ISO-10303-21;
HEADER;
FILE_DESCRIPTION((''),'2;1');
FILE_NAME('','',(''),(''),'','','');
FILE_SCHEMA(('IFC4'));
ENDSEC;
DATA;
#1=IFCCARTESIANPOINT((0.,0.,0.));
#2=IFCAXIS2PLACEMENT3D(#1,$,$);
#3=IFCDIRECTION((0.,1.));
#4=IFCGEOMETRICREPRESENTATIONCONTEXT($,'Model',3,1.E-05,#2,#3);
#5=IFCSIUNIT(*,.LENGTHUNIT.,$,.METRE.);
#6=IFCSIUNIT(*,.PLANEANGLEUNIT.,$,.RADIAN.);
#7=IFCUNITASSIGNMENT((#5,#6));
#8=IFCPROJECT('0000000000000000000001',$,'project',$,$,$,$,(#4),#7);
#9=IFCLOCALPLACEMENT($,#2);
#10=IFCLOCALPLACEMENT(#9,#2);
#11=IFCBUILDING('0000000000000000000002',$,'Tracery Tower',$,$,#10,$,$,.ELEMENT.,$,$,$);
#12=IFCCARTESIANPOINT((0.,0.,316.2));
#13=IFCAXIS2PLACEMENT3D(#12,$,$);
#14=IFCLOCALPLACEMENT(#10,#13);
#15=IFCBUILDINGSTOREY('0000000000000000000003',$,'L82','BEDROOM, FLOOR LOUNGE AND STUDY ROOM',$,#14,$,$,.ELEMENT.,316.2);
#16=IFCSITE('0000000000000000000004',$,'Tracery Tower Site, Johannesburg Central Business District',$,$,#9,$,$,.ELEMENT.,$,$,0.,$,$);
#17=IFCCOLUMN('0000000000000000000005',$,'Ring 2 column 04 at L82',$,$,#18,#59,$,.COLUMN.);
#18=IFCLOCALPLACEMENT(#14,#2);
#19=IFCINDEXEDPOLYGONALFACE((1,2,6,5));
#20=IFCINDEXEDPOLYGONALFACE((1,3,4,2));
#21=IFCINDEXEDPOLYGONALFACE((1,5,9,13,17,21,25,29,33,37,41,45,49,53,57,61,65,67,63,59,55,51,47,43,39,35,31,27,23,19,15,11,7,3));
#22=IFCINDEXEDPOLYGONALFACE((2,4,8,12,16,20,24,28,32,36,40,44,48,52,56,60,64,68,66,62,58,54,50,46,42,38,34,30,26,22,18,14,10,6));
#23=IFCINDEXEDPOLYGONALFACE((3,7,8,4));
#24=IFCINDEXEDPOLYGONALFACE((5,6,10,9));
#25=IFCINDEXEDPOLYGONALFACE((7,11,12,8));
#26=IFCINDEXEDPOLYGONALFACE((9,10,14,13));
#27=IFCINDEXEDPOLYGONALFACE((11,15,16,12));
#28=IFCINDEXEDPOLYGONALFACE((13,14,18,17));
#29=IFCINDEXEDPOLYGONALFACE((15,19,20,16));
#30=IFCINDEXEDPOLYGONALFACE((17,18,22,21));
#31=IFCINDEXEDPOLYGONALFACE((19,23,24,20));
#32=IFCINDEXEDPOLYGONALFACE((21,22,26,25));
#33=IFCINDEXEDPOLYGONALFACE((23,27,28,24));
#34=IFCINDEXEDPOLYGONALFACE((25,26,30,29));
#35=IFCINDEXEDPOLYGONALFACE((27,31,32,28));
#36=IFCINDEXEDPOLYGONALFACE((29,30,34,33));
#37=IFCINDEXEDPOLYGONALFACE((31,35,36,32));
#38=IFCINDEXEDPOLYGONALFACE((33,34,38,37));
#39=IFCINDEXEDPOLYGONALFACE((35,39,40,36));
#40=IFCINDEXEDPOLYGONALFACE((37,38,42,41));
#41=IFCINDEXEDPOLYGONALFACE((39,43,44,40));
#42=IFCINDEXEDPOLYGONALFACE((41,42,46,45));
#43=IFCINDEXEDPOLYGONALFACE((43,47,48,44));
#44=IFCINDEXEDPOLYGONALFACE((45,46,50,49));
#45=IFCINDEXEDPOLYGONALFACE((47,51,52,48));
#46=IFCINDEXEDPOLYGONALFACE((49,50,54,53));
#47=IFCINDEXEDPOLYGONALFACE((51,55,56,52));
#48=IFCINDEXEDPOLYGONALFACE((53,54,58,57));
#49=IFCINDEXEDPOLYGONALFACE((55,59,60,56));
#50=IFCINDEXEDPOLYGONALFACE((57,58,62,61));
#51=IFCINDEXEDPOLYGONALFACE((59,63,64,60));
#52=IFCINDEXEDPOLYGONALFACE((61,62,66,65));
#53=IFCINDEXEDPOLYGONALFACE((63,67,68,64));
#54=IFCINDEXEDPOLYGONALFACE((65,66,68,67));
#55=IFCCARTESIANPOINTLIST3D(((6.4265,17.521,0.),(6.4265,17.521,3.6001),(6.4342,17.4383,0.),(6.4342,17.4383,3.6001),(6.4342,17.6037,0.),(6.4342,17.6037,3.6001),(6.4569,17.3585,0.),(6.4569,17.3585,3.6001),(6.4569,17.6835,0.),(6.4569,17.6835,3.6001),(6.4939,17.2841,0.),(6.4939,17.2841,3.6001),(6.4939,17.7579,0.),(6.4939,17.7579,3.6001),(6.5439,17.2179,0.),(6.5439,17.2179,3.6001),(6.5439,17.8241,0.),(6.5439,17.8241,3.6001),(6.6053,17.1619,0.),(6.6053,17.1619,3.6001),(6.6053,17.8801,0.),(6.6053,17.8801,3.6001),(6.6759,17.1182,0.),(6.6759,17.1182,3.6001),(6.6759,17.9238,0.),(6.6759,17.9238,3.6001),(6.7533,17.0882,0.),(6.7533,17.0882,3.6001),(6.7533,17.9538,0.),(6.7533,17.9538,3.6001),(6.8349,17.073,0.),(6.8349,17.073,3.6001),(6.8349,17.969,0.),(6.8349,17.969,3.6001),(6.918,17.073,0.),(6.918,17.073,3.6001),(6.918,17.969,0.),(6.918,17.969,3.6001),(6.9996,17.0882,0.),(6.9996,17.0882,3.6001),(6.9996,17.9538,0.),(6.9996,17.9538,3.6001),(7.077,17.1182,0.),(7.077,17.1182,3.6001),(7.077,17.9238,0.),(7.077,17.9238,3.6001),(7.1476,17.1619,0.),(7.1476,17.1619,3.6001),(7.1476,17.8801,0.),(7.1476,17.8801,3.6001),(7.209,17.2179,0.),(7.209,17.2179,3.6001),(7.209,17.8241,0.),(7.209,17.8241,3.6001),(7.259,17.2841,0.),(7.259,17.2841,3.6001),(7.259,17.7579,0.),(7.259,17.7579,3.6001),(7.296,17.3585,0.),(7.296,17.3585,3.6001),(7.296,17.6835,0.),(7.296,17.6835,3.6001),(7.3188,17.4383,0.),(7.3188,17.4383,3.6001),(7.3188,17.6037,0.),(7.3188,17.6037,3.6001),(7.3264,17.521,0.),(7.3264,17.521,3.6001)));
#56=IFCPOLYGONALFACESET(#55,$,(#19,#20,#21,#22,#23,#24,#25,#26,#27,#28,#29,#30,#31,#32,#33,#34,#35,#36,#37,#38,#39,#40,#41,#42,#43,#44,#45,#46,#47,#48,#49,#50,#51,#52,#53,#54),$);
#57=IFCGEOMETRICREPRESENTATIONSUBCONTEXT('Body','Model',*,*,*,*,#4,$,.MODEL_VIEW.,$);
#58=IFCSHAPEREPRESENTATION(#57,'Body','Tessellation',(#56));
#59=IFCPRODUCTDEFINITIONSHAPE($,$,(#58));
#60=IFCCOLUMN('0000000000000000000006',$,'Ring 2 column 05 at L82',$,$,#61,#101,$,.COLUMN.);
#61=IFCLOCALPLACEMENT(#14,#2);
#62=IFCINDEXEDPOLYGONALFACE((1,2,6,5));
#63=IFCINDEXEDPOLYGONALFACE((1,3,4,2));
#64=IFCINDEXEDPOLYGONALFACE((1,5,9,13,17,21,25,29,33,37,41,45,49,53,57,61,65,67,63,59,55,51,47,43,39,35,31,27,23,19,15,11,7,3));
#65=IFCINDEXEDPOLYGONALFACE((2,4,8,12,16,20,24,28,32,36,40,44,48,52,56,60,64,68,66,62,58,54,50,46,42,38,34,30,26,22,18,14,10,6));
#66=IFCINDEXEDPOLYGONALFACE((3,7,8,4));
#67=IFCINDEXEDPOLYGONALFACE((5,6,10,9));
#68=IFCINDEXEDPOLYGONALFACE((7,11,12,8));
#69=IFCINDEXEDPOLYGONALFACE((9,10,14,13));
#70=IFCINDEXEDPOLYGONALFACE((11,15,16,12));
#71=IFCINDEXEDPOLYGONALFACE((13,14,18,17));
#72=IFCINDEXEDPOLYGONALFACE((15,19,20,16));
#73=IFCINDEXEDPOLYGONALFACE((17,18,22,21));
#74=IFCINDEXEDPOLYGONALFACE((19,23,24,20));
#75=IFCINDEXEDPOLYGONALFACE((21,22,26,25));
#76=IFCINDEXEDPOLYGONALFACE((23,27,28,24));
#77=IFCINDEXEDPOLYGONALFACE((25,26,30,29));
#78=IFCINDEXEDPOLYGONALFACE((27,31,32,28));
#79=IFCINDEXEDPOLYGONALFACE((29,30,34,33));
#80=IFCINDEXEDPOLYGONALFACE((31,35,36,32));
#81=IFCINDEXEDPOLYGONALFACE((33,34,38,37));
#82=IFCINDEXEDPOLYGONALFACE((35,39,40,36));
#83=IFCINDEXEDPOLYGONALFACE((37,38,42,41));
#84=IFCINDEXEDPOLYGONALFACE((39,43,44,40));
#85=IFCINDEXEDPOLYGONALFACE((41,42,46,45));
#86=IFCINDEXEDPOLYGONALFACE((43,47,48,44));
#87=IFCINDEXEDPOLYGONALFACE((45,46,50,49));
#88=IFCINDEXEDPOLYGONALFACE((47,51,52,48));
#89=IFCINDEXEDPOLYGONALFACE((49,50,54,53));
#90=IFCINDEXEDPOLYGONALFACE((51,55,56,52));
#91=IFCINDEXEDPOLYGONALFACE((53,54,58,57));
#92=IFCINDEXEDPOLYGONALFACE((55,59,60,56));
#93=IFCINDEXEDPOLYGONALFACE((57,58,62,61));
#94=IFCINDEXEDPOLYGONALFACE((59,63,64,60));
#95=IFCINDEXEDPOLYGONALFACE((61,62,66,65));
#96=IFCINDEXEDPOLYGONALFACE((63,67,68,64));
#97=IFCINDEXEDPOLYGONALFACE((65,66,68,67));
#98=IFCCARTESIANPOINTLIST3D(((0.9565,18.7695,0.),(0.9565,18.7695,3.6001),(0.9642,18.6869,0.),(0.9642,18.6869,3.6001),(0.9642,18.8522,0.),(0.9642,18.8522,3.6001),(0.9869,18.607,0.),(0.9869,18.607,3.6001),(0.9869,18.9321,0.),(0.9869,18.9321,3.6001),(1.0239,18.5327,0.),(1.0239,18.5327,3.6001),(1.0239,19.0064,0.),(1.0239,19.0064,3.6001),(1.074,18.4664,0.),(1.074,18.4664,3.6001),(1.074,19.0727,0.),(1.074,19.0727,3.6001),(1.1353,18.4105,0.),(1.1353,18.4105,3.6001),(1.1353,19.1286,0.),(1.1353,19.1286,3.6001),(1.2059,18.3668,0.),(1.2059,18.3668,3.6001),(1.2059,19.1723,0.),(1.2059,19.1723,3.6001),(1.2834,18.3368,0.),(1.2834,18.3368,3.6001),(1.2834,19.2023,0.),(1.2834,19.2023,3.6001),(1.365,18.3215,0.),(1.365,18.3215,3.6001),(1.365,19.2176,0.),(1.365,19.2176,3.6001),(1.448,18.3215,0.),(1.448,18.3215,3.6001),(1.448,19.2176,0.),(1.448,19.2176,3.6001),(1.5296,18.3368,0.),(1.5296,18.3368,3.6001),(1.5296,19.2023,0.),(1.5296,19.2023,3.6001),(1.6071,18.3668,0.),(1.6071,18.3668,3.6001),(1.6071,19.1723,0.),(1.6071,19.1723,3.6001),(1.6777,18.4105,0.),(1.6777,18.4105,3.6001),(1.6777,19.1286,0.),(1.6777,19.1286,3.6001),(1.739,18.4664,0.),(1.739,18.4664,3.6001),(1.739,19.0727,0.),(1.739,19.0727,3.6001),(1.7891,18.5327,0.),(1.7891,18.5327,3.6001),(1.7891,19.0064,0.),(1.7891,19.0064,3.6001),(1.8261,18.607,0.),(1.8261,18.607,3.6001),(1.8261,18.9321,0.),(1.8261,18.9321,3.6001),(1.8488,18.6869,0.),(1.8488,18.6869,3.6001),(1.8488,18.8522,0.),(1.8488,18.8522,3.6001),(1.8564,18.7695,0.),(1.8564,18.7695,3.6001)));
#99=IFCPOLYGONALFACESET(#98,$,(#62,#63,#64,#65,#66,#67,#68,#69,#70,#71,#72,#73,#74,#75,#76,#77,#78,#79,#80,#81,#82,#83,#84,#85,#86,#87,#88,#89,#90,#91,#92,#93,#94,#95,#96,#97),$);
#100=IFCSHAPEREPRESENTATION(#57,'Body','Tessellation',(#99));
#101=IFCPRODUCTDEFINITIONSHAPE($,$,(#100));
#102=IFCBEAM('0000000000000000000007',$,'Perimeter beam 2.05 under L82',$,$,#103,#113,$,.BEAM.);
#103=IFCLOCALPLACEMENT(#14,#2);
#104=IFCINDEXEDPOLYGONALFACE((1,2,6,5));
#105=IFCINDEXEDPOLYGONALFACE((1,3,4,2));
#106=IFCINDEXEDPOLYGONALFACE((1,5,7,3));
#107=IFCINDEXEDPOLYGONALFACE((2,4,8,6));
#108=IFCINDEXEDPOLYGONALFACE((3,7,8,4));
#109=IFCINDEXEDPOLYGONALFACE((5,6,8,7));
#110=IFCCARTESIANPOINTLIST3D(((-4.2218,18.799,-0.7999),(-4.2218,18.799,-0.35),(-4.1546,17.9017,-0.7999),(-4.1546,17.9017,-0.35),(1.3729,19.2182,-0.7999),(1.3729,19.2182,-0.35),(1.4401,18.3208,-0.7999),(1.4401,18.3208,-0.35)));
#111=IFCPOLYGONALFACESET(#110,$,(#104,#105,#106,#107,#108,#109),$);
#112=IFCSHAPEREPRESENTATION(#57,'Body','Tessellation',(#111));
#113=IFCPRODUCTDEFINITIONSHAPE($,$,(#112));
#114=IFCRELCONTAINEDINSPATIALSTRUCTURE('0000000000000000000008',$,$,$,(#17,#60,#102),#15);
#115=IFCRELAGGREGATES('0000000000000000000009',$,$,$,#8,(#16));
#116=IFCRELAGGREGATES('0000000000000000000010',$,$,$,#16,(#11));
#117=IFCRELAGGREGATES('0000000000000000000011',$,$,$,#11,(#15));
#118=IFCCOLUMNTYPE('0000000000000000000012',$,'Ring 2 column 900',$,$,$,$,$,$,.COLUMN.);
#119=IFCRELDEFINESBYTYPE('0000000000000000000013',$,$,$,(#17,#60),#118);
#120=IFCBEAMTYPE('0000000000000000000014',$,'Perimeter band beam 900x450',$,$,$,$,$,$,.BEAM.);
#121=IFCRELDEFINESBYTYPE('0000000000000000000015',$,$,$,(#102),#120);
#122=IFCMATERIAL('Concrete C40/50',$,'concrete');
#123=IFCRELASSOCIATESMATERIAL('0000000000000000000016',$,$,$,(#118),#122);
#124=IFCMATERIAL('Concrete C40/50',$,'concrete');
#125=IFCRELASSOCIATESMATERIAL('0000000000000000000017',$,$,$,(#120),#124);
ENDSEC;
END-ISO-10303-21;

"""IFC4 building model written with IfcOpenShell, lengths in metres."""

from ifc_helpers import new_model, si_unit, direction, frame, origin, origin_2d, place, context, subcontext, project, spatial, rectangle, circle, extrude, material, material_profile, profile_set, type_object, element, save


model = new_model("IFC4")

# Units and contexts
model_context = context("Model", 3, precision=1e-05, world=origin(), true_north=direction((0.0, 1.0)))
body_context = subcontext(model_context, "Body", "Model", "MODEL_VIEW")
ifc_project = project(units=[si_unit("LENGTHUNIT", "METRE"), si_unit("PLANEANGLEUNIT", "RADIAN")], contexts=[model_context])

# Site, building, storey
site_placement = place(None, origin())
site = spatial("IfcSite", under=ifc_project, at=site_placement, Name="Tracery Tower Site, Johannesburg Central Business District", CompositionType="ELEMENT", RefElevation=0.0)
building_placement = place(site_placement, origin())
building = spatial("IfcBuilding", under=site, at=building_placement, Name="Tracery Tower", CompositionType="ELEMENT")
storey_placement = place(building_placement, frame((0.0, 0.0, 316.2)))
storey = spatial("IfcBuildingStorey", under=building, at=storey_placement, Name="L82", Description="BEDROOM, FLOOR LOUNGE AND STUDY ROOM", CompositionType="ELEMENT", Elevation=316.2)

# Columns
ifc_material_1 = material(Name="Concrete C40/50", Category="concrete")
ifc_material_profile_1 = material_profile(ifc_material_1, circle(Radius=0.45, at=origin_2d()), Name="RC D900")
ifc_profile_set_1 = profile_set([ifc_material_profile_1], Name="Concrete C40/50")
column_type = type_object("IfcColumnType", Name="Ring 2 column 900", PredefinedType="COLUMN", material=ifc_profile_set_1)
for number, where, z_axis, x_axis, name in (
    (1, (6.8765, 17.521, 0.0), (0.0, 0.0, 1.0), (1.0, 0.0, 0.0), "Ring 2 column 04 at L82"),
    (2, (1.4065, 18.7695, 0.0), (0.0, 0.0, 1.0), (1.0, 0.0, 0.0), "Ring 2 column 05 at L82"),
):
    element("IfcColumn", number, at=place(storey_placement, frame(where, z_axis=z_axis, x_axis=x_axis)), inside=storey, type_object=column_type, Name=name, PredefinedType="COLUMN", context=body_context, shape_type="SweptSolid", body=[
        extrude(circle(Radius=0.45, at=origin_2d()), origin(), (0.0, 0.0, 1.0), 3.6001),
    ])

# Beam
ifc_material_2 = material(Name="Concrete C40/50", Category="concrete")
ifc_material_profile_2 = material_profile(ifc_material_2, rectangle(XDim=0.8999, YDim=0.45, at=origin_2d()), Name="RC 900x450")
ifc_profile_set_2 = profile_set([ifc_material_profile_2], Name="Concrete C40/50")
beam_type = type_object("IfcBeamType", Name="Perimeter band beam 900x450", PredefinedType="BEAM", material=ifc_profile_set_2)
beam_placement = place(storey_placement, frame((1.4065, 18.7695, -0.575), z_axis=(-0.997205, -0.074716, 0.0), x_axis=(0.074716, -0.997205, 0.0)))
element("IfcBeam", 3, at=beam_placement, inside=storey, type_object=beam_type, Name="Perimeter beam 2.05 under L82", PredefinedType="BEAM", context=body_context, shape_type="SweptSolid", body=[
    extrude(rectangle(XDim=0.8999, YDim=0.45, at=origin_2d()), origin(), (0.0, 0.0, 1.0), 5.6104),
])

save(model, "model.ifc")
